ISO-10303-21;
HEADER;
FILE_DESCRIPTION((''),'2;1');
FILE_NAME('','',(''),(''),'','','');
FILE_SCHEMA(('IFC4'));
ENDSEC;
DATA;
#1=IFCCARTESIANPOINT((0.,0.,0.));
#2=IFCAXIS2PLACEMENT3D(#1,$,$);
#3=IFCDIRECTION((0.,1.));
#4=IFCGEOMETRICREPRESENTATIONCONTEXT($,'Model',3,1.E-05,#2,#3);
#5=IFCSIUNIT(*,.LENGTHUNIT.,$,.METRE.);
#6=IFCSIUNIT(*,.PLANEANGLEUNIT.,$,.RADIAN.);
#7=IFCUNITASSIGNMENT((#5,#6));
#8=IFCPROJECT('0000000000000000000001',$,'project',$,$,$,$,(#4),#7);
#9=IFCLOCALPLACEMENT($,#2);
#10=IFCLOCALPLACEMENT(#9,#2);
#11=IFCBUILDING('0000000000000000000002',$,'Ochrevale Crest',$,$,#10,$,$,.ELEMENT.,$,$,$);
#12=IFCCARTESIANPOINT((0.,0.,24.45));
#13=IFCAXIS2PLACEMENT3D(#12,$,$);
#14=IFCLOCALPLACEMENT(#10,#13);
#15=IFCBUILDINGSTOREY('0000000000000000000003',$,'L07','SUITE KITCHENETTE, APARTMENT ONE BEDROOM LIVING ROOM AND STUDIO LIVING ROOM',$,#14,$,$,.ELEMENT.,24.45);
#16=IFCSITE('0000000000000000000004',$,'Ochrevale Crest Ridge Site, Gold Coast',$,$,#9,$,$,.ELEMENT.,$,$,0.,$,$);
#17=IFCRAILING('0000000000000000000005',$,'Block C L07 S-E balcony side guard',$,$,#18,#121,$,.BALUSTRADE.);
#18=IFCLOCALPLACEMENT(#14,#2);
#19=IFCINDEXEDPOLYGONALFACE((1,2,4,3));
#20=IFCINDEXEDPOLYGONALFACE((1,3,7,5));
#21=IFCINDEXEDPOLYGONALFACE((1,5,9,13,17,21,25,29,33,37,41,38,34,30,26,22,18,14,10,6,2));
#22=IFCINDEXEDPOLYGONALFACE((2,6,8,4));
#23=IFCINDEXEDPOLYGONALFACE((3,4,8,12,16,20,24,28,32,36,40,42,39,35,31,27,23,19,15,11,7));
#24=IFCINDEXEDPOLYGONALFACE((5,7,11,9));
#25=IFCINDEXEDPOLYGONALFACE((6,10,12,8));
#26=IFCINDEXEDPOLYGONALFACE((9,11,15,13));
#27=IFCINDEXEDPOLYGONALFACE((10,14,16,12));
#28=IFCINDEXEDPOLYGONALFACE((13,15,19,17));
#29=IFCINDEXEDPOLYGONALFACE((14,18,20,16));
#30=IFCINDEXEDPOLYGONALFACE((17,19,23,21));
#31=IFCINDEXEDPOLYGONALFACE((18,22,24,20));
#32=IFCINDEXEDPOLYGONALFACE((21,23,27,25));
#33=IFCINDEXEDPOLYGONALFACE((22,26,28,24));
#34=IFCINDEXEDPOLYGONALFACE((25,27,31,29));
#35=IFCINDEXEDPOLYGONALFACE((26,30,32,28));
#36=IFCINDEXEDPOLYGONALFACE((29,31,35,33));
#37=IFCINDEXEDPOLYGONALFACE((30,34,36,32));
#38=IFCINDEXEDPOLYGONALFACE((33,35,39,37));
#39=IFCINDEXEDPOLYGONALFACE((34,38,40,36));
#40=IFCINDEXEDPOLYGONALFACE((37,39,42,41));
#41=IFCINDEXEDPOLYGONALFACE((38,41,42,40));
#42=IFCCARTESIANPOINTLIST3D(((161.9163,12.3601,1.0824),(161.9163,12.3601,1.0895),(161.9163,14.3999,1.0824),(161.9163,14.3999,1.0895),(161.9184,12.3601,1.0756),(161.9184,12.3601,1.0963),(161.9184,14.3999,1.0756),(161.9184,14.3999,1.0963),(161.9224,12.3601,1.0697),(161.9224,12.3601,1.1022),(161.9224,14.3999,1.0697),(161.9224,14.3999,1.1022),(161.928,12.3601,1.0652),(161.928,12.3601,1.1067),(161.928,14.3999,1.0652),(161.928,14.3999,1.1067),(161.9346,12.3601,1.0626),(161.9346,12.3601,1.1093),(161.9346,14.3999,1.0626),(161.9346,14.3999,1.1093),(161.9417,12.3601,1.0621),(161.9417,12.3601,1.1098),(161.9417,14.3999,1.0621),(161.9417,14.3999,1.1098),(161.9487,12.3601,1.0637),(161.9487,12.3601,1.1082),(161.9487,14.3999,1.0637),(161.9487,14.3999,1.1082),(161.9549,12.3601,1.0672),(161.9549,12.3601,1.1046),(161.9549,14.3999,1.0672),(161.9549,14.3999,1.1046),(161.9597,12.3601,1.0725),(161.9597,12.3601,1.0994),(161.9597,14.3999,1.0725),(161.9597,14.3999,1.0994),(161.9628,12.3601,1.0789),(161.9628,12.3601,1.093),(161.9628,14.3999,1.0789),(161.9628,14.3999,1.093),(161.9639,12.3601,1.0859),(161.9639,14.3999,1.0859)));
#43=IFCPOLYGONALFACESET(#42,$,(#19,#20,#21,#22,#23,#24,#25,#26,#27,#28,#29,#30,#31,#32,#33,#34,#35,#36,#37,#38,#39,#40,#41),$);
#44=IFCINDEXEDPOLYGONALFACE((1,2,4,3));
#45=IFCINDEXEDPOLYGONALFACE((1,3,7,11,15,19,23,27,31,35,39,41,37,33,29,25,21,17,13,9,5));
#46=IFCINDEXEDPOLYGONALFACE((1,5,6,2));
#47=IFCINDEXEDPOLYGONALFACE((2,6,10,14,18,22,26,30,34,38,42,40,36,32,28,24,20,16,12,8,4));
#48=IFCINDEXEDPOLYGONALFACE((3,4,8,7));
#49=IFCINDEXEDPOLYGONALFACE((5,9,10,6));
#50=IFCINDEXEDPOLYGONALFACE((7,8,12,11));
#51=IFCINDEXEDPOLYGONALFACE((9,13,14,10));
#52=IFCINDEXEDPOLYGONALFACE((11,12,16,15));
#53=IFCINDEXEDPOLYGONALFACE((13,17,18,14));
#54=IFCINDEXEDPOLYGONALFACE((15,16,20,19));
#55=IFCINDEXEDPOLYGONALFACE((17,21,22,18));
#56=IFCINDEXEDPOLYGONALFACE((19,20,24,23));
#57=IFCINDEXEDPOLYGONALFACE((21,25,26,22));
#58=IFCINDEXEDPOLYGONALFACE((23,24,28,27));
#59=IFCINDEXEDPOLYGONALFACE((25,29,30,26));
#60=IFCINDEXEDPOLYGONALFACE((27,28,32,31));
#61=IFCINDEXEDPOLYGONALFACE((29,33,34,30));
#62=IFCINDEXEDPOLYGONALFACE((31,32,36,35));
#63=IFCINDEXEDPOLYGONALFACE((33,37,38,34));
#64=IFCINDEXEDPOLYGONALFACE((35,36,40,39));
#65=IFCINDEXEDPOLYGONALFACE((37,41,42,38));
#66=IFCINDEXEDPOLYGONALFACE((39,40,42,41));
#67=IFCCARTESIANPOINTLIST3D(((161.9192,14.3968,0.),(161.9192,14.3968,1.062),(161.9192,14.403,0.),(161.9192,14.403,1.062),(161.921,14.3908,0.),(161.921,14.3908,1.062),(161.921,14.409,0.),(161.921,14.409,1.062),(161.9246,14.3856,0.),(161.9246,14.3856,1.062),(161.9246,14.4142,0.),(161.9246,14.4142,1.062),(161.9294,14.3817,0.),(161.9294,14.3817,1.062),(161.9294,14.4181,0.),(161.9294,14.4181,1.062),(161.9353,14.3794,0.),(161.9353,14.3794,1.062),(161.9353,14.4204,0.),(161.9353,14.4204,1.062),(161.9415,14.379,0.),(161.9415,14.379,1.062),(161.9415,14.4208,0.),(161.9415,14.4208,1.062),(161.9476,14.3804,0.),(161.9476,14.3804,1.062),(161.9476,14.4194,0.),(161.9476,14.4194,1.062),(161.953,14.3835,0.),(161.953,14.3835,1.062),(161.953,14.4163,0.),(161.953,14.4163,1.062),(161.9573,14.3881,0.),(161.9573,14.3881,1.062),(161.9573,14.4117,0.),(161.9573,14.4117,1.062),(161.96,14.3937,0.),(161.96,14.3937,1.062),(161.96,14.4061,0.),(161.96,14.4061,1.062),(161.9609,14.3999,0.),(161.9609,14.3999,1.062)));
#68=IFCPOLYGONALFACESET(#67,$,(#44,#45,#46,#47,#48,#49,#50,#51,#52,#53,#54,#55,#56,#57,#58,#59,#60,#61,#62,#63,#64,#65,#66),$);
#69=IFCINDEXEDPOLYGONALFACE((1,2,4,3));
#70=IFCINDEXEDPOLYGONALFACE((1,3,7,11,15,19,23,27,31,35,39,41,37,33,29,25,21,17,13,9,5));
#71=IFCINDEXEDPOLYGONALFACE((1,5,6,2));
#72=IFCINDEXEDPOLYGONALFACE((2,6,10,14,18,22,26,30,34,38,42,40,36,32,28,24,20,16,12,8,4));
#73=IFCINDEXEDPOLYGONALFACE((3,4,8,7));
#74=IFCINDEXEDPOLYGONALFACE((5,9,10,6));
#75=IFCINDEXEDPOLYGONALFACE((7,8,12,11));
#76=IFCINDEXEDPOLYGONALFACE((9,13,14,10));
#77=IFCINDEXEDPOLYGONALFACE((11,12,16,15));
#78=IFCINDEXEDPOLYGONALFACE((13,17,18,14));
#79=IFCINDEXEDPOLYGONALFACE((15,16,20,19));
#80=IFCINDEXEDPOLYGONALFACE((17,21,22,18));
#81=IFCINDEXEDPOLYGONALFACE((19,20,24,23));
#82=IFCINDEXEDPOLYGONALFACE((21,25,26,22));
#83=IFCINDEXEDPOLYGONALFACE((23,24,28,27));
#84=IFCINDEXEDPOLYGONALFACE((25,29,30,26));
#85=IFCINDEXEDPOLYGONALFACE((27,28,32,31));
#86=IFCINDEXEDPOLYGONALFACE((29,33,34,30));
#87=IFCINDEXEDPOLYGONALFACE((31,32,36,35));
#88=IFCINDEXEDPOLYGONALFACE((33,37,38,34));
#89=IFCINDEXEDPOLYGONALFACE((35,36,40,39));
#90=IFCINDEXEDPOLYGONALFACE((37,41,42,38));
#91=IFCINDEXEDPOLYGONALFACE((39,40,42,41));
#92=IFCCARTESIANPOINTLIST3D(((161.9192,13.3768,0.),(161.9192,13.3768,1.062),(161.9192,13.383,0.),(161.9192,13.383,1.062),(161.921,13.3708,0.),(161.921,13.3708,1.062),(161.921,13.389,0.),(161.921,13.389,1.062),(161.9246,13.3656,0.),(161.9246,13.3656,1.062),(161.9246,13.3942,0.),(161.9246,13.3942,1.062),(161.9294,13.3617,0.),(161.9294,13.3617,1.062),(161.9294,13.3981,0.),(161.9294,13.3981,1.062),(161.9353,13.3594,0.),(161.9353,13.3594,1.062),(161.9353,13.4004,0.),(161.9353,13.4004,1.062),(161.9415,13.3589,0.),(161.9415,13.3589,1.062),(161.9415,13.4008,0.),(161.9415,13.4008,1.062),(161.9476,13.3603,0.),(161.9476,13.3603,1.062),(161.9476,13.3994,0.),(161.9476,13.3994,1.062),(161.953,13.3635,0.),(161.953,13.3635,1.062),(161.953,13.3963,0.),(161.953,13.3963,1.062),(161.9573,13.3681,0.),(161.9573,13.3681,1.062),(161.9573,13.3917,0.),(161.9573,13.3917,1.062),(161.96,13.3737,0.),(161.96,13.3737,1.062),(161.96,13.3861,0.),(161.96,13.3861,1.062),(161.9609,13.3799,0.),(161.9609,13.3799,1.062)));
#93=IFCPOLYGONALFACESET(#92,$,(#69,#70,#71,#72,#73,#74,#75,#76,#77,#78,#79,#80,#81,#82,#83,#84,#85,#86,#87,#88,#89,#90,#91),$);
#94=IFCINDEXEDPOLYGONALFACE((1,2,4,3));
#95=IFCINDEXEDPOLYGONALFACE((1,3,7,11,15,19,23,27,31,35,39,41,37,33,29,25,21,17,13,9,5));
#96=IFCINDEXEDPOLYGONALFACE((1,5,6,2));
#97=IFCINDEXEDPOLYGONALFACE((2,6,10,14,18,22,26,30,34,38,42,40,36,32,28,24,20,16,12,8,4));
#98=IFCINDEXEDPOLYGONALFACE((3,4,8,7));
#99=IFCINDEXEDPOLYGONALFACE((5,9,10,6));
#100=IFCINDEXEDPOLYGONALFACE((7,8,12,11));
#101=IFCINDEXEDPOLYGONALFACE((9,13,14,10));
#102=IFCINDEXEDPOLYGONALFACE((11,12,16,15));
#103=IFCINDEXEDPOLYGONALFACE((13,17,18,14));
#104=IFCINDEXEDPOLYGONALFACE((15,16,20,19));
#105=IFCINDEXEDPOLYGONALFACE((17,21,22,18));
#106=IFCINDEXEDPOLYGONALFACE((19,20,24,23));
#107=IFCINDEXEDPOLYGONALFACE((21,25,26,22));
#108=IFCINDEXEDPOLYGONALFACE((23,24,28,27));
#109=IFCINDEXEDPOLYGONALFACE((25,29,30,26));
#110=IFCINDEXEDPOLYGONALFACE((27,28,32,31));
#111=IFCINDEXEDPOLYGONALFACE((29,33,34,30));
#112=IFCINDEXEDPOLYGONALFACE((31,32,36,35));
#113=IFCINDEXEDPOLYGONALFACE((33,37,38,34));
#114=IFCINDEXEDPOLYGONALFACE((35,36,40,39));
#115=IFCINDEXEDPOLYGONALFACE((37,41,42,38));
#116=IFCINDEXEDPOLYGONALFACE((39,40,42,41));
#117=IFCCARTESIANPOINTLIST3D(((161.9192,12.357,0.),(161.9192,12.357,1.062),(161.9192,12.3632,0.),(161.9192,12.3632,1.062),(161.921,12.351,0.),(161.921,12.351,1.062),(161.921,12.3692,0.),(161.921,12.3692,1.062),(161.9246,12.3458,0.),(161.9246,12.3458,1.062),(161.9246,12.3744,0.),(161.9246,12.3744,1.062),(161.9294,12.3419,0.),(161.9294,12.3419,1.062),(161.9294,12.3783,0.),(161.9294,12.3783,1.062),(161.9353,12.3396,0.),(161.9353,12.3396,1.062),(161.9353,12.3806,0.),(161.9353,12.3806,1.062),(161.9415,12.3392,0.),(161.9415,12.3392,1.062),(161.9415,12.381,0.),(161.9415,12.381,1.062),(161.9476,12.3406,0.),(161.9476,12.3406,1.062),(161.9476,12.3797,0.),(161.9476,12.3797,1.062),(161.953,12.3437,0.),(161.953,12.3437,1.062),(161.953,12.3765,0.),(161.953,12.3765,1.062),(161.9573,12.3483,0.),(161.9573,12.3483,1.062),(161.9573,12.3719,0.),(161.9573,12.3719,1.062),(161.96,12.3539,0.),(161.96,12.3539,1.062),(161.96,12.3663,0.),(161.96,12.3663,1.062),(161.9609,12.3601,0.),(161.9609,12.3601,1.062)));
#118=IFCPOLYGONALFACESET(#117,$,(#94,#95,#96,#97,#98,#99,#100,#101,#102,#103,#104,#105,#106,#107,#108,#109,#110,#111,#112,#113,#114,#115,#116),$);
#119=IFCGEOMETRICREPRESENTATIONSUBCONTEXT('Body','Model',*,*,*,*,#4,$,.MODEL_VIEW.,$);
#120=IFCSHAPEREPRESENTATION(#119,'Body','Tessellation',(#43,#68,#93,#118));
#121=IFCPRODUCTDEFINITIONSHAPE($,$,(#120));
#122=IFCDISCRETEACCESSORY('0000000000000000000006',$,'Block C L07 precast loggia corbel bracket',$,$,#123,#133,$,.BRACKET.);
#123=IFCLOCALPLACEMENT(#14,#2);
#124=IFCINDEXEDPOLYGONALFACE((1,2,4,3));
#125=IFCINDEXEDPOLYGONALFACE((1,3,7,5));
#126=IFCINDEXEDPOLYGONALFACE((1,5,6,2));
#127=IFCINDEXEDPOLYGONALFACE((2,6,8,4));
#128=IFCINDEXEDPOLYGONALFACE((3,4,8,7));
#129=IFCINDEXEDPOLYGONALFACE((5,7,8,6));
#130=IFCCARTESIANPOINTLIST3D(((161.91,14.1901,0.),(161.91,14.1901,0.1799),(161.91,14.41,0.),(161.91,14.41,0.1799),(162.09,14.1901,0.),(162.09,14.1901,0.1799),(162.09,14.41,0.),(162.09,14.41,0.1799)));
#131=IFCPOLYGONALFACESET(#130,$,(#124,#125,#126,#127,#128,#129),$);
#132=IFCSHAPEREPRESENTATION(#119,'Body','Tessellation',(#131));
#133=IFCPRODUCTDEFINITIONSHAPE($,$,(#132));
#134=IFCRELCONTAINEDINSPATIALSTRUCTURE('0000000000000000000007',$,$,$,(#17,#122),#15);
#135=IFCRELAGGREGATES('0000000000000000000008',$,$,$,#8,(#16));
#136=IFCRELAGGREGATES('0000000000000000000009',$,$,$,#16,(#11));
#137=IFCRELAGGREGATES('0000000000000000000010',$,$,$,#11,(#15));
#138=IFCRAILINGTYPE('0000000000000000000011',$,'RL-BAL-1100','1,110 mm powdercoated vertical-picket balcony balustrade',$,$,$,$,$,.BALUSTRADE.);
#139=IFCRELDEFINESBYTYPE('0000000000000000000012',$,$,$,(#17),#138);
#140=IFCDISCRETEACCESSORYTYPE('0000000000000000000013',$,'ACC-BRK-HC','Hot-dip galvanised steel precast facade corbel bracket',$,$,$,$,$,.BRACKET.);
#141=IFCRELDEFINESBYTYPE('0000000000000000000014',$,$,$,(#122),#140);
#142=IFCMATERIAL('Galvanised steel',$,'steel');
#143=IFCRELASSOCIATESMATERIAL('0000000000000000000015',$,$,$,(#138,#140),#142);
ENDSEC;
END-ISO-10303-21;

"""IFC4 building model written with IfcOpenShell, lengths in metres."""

from ifc_helpers import new_model, si_unit, direction, frame, origin, origin_2d, place, context, subcontext, project, spatial, rectangle, circle, extrude, material, type_object, element, save


model = new_model("IFC4")

# Units and contexts
model_context = context("Model", 3, precision=1e-05, world=origin(), true_north=direction((0.0, 1.0)))
body_context = subcontext(model_context, "Body", "Model", "MODEL_VIEW")
ifc_project = project(units=[si_unit("LENGTHUNIT", "METRE"), si_unit("PLANEANGLEUNIT", "RADIAN")], contexts=[model_context])

# Site, building, storey
site_placement = place(None, origin())
site = spatial("IfcSite", under=ifc_project, at=site_placement, Name="Ochrevale Crest Ridge Site, Gold Coast", CompositionType="ELEMENT", RefElevation=0.0)
building_placement = place(site_placement, origin())
building = spatial("IfcBuilding", under=site, at=building_placement, Name="Ochrevale Crest", CompositionType="ELEMENT")
storey_placement = place(building_placement, frame((0.0, 0.0, 24.45)))
storey = spatial("IfcBuildingStorey", under=building, at=storey_placement, Name="L07", Description="SUITE KITCHENETTE, APARTMENT ONE BEDROOM LIVING ROOM AND STUDIO LIVING ROOM", CompositionType="ELEMENT", Elevation=24.45)

# Railing
ifc_material_1 = material(Name="Galvanised steel", Category="steel")
railing_type = type_object("IfcRailingType", Name="RL-BAL-1100", Description="1,110 mm powdercoated vertical-picket balcony balustrade", PredefinedType="BALUSTRADE", material=ifc_material_1)
railing_placement = place(storey_placement, frame((161.9399, 14.3999, 0.0)))
element("IfcRailing", 1, at=railing_placement, inside=storey, type_object=railing_type, Name="Block C L07 S-E balcony side guard", PredefinedType="BALUSTRADE", context=body_context, shape_type="SweptSolid", body=[
    extrude(circle(Radius=0.0239, at=origin_2d()), frame((0.0, 0.0, 1.0859), z_axis=(0.0, -1.0, 0.0), x_axis=(1.0, 0.0, 0.0)), (0.0, 0.0, 1.0), 2.0398),
    extrude(circle(Radius=0.021, at=origin_2d()), origin(), (0.0, 0.0, 1.0), 1.062),
    extrude(circle(Radius=0.021, at=origin_2d()), frame((0.0, -1.02, 0.0)), (0.0, 0.0, 1.0), 1.062),
    extrude(circle(Radius=0.021, at=origin_2d()), frame((0.0, -2.0398, 0.0)), (0.0, 0.0, 1.0), 1.062),
])

# Discrete accessory
discrete_accessory_type = type_object("IfcDiscreteAccessoryType", Name="ACC-BRK-HC", Description="Hot-dip galvanised steel precast facade corbel bracket", PredefinedType="BRACKET", material=ifc_material_1)
discrete_accessory_placement = place(storey_placement, frame((162.0, 14.3, 0.0), z_axis=(0.0, 0.0, 1.0), x_axis=(1.0, 0.0, 0.0)))
element("IfcDiscreteAccessory", 2, at=discrete_accessory_placement, inside=storey, type_object=discrete_accessory_type, Name="Block C L07 precast loggia corbel bracket", PredefinedType="BRACKET", context=body_context, shape_type="SweptSolid", body=[
    extrude(rectangle(XDim=0.1799, YDim=0.22, at=origin_2d()), origin(), (0.0, 0.0, 1.0), 0.1799),
])

save(model, "model.ifc")
